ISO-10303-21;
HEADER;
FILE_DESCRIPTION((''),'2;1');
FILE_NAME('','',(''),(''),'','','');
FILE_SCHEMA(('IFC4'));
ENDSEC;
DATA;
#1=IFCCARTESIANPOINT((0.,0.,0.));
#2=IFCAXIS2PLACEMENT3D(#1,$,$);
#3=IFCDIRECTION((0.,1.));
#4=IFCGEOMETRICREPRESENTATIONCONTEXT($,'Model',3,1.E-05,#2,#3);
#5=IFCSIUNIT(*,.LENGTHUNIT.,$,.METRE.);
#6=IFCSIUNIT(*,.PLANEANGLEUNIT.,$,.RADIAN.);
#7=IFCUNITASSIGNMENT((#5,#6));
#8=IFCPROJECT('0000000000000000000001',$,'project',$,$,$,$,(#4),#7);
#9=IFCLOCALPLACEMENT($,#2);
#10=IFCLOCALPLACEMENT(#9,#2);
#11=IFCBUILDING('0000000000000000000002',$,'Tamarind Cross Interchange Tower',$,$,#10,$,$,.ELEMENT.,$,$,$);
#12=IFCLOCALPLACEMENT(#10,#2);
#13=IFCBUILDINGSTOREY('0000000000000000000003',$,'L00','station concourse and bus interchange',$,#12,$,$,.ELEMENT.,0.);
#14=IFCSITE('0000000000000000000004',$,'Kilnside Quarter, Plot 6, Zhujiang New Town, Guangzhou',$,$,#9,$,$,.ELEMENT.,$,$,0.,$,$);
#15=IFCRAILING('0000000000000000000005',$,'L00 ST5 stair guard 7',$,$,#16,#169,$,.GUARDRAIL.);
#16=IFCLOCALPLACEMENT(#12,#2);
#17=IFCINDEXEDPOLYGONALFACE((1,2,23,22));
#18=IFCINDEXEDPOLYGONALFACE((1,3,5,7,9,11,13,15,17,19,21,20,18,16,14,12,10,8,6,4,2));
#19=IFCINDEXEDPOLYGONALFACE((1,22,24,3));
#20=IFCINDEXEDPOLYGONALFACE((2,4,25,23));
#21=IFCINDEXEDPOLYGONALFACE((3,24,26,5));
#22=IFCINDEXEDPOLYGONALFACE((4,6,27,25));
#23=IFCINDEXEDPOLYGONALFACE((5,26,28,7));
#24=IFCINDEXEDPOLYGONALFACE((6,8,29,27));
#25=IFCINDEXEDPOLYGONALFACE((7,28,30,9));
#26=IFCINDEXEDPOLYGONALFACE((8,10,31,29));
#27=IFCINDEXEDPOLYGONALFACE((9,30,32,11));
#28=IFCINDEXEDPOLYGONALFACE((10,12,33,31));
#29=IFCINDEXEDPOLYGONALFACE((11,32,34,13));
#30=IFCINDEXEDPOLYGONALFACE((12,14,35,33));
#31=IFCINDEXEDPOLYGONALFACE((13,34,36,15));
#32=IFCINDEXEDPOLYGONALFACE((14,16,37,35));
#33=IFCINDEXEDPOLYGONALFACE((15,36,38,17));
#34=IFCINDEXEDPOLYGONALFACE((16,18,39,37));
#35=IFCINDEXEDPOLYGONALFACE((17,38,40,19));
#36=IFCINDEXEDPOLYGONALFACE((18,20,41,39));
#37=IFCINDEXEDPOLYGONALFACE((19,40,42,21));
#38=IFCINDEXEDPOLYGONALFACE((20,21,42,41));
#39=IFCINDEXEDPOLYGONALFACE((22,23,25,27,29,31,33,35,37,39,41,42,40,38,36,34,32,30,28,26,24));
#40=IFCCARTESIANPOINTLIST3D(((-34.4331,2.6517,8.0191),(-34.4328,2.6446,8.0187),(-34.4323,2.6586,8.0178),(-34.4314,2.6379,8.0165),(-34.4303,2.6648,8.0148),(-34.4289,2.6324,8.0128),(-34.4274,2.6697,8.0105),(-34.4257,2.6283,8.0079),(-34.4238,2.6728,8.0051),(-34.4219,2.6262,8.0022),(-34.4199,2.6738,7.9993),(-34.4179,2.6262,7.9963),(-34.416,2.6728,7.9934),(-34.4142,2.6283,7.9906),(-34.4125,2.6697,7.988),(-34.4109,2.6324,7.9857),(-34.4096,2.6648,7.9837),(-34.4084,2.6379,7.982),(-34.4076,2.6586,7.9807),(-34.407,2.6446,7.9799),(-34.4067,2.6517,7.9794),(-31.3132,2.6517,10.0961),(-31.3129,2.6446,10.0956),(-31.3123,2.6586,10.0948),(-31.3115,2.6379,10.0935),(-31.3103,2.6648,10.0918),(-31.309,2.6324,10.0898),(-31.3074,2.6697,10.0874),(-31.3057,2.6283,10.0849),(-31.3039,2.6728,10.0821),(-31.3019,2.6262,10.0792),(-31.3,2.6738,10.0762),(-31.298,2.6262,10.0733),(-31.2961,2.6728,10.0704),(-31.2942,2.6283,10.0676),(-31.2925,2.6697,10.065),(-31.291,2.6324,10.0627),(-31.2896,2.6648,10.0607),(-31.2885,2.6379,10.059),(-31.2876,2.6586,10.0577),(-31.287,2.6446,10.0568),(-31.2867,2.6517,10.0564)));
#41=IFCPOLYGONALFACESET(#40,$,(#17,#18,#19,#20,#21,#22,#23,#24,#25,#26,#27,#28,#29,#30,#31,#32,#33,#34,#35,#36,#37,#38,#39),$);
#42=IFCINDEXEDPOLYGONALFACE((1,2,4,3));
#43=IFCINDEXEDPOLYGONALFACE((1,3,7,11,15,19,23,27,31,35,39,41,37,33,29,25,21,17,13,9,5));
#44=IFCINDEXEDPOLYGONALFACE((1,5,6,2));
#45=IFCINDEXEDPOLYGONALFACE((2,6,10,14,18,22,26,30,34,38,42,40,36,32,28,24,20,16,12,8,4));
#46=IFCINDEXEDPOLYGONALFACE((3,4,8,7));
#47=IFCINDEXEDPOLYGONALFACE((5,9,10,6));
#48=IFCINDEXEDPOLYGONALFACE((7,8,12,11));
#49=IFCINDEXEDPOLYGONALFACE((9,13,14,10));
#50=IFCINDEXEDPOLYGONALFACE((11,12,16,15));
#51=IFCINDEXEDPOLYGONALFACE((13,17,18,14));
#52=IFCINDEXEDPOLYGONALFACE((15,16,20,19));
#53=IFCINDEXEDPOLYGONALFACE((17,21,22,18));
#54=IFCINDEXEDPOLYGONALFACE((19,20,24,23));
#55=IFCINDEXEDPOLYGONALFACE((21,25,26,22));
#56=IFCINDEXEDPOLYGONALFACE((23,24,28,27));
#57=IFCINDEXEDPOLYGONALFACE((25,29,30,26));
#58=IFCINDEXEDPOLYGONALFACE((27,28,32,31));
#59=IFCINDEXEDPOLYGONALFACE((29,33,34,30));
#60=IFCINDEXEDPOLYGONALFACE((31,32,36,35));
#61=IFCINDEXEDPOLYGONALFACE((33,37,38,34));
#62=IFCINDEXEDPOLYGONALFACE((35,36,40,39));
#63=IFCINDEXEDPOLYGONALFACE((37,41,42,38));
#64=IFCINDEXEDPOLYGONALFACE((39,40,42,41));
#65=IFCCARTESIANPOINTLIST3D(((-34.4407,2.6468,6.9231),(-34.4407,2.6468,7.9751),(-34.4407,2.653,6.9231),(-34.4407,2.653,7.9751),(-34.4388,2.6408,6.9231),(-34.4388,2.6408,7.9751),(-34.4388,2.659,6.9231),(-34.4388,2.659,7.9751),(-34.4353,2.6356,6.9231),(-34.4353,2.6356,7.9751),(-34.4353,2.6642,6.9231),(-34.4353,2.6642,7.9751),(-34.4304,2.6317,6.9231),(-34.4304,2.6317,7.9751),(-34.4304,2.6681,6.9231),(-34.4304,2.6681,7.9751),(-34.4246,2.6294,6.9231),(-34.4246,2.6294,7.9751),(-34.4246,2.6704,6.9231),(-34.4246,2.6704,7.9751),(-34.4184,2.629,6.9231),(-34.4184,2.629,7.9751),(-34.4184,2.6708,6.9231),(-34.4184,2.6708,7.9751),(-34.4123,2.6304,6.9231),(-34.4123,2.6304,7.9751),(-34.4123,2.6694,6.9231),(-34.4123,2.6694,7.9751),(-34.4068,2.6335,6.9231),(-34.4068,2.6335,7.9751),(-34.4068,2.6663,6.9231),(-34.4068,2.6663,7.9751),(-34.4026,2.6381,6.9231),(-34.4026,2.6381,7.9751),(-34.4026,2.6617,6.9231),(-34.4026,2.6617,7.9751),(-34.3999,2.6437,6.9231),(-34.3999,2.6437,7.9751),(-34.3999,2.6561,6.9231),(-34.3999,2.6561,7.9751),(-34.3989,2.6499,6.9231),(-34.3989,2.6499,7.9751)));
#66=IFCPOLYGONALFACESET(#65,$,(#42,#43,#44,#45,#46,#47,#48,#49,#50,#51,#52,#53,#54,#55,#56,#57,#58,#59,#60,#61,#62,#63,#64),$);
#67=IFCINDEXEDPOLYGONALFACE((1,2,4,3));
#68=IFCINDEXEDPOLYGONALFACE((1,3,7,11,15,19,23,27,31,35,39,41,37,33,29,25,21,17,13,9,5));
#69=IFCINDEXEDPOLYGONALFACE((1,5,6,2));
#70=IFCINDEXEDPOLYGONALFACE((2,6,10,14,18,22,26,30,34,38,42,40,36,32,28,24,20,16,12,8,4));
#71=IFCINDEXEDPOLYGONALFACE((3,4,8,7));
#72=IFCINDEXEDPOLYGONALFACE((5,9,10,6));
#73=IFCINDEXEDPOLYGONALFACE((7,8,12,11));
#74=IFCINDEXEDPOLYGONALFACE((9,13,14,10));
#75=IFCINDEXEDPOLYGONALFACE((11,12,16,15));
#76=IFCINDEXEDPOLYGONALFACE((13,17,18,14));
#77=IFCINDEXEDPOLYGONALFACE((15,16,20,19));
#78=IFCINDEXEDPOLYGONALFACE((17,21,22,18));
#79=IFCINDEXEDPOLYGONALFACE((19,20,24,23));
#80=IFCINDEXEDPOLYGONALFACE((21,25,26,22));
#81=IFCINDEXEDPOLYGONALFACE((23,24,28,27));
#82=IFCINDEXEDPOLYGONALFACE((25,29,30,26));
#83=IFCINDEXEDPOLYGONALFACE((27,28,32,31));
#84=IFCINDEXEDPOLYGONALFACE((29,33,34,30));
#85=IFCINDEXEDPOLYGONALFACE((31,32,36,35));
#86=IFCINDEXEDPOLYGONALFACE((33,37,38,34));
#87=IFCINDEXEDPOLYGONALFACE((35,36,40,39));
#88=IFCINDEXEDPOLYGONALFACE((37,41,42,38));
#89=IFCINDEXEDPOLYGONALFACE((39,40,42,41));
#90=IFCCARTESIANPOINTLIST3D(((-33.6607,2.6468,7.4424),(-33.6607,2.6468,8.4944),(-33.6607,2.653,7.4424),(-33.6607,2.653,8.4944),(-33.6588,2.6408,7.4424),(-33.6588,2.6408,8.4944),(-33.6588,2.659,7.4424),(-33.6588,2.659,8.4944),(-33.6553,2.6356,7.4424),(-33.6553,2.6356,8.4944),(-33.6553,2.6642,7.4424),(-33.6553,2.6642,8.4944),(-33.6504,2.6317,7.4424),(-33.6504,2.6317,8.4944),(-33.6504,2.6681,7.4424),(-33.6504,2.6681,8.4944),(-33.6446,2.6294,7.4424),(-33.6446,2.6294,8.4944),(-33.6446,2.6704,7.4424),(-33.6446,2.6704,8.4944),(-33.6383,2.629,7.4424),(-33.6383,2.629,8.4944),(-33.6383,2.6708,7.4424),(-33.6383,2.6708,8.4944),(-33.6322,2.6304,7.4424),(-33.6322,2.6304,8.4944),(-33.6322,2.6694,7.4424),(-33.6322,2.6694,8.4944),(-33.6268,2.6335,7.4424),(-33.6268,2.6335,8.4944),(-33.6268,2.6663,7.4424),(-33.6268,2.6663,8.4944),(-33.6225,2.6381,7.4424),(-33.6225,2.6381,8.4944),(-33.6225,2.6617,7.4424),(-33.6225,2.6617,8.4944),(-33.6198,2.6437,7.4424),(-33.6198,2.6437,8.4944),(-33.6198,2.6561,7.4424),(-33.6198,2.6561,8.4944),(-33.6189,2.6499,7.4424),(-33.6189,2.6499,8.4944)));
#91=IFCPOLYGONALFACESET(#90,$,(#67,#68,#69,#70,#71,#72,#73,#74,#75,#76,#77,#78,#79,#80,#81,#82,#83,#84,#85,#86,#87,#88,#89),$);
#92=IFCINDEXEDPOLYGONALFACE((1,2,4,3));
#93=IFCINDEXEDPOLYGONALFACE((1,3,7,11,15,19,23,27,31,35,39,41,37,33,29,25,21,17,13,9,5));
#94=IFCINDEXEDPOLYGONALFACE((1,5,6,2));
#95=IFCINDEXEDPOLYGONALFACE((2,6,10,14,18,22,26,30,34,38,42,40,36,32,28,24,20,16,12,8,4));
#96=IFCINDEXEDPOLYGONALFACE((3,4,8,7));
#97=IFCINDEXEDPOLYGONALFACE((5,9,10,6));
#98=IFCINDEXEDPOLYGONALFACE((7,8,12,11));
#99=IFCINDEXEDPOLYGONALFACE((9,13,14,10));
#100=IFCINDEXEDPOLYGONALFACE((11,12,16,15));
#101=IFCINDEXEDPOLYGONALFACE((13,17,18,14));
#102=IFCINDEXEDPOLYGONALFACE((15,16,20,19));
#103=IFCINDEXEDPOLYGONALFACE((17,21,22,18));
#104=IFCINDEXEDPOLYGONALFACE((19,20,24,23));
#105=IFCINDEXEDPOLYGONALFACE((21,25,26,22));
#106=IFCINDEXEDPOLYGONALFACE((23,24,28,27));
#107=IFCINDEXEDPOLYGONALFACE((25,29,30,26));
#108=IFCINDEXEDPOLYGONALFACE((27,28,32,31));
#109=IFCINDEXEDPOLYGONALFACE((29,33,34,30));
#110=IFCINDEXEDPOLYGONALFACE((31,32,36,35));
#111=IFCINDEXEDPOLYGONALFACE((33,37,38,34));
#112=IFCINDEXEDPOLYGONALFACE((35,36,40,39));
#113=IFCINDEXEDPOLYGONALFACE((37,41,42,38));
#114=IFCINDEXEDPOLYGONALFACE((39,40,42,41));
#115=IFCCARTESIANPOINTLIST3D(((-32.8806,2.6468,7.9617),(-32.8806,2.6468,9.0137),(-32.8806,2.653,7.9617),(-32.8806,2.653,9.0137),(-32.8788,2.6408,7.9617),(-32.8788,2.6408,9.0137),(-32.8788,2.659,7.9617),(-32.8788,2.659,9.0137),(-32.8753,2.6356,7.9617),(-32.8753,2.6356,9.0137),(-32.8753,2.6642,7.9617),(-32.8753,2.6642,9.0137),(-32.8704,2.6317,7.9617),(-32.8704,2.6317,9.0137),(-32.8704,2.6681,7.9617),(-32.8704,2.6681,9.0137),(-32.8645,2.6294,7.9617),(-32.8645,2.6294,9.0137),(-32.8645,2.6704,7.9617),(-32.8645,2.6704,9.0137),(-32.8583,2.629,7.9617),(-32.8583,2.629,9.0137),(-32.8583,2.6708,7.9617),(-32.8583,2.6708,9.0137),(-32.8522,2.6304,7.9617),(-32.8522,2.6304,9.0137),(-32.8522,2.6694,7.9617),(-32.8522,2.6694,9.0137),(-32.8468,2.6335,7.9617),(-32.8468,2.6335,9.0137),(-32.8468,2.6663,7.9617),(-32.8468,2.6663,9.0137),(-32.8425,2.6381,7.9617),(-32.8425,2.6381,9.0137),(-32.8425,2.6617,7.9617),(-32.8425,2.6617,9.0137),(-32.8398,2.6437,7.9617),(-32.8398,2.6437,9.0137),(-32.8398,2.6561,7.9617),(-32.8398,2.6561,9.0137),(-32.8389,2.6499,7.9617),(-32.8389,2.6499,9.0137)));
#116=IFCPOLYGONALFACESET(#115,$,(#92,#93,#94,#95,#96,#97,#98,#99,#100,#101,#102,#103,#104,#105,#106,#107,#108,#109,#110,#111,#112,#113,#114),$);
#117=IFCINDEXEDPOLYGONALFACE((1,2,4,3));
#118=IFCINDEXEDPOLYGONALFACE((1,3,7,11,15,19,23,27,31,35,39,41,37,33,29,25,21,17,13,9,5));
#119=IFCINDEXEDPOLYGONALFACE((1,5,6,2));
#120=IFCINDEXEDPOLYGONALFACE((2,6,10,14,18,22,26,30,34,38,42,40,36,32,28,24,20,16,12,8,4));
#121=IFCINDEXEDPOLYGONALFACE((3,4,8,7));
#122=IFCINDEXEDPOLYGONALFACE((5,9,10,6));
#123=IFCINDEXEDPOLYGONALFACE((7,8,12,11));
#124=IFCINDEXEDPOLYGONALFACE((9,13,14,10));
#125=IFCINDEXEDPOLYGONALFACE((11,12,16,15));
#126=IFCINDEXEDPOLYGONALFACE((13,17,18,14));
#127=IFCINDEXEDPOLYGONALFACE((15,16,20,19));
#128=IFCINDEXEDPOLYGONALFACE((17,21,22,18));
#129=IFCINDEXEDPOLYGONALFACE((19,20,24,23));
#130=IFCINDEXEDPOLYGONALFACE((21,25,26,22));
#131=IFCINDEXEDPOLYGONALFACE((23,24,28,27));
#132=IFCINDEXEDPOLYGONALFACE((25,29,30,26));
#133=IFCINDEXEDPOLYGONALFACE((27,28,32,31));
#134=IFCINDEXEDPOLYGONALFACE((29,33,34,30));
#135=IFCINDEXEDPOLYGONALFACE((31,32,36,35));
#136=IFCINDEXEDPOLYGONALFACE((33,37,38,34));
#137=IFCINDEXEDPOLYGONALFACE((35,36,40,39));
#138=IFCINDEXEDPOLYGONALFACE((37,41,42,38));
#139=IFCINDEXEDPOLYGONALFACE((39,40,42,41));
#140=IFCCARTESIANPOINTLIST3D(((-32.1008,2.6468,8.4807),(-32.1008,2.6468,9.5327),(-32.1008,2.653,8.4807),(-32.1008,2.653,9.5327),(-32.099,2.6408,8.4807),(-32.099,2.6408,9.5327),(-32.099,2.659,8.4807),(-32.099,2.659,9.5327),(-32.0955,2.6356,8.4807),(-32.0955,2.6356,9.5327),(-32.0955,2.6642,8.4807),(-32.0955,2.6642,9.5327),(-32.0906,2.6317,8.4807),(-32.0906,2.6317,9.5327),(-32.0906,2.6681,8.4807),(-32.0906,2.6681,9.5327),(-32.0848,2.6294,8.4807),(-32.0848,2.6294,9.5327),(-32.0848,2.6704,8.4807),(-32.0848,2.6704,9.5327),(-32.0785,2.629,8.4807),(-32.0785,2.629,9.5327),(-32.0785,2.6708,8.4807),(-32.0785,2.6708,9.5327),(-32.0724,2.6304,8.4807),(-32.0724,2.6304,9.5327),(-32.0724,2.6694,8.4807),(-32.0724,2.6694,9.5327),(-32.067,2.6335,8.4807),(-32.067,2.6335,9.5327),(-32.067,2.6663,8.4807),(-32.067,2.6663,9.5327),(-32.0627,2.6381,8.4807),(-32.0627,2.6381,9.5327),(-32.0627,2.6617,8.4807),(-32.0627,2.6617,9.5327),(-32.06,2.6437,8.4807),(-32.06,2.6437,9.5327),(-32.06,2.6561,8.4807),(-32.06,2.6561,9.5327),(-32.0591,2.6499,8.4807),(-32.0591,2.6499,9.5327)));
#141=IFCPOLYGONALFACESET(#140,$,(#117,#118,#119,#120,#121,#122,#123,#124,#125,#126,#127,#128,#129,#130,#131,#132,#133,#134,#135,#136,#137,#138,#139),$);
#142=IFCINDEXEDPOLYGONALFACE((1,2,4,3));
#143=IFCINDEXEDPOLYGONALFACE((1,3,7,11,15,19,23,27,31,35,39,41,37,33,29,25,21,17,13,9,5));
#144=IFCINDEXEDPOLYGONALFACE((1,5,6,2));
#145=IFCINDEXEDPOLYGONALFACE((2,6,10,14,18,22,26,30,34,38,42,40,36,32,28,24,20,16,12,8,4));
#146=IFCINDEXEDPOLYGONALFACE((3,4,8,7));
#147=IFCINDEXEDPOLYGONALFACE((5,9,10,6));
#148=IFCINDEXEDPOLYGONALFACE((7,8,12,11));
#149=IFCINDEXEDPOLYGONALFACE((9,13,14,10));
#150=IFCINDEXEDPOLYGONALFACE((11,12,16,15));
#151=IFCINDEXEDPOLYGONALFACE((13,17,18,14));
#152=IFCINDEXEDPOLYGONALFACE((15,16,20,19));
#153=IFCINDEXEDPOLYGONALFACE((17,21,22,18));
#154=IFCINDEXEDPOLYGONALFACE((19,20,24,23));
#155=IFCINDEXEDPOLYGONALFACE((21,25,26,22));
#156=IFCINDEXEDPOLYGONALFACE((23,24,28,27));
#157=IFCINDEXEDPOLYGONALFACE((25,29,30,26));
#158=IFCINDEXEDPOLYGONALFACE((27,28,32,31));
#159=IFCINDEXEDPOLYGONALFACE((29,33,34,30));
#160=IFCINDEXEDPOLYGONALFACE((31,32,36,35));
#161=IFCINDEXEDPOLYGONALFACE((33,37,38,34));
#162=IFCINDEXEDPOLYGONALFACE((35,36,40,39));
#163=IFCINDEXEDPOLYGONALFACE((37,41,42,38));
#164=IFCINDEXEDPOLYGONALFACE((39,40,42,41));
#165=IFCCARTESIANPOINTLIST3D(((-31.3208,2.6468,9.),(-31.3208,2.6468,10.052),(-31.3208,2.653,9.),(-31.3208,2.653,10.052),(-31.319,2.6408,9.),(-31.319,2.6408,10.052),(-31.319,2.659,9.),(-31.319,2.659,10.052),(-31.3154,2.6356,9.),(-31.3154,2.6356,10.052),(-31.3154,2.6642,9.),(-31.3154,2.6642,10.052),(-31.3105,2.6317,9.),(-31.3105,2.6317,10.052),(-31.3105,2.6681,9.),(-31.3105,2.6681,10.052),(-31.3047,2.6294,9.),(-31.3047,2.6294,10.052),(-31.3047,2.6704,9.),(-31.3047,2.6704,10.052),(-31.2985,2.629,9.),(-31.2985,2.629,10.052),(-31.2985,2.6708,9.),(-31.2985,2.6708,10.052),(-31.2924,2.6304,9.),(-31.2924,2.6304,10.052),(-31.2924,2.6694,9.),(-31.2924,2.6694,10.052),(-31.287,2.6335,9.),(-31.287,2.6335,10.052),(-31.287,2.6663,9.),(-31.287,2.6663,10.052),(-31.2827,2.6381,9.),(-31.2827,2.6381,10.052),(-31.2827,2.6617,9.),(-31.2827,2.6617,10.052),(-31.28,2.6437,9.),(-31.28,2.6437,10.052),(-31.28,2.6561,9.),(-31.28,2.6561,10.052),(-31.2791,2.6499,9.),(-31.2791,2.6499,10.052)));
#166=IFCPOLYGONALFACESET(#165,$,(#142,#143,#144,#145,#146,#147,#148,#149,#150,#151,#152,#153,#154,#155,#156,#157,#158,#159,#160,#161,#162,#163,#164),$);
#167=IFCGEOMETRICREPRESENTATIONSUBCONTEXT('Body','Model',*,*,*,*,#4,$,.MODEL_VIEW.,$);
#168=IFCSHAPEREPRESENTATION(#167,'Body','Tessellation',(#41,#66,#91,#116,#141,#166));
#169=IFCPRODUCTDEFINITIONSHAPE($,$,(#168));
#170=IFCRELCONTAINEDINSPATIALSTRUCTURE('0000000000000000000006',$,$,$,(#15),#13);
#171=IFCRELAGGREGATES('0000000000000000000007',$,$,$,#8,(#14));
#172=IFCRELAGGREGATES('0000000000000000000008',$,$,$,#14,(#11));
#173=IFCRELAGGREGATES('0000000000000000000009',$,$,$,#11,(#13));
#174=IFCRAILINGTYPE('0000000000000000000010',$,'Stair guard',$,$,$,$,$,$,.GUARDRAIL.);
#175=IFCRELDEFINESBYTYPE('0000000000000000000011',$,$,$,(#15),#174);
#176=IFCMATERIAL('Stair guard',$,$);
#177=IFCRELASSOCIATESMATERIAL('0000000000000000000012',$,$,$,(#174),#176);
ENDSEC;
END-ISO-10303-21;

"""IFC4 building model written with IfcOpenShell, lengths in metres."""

from ifc_helpers import new_model, si_unit, direction, frame, origin, origin_2d, place, context, subcontext, project, spatial, circle, extrude, material, type_object, element, save


model = new_model("IFC4")

# Units and contexts
model_context = context("Model", 3, precision=1e-05, world=origin(), true_north=direction((0.0, 1.0)))
body_context = subcontext(model_context, "Body", "Model", "MODEL_VIEW")
ifc_project = project(units=[si_unit("LENGTHUNIT", "METRE"), si_unit("PLANEANGLEUNIT", "RADIAN")], contexts=[model_context])

# Site, building, storey
site_placement = place(None, origin())
site = spatial("IfcSite", under=ifc_project, at=site_placement, Name="Kilnside Quarter, Plot 6, Zhujiang New Town, Guangzhou", CompositionType="ELEMENT", RefElevation=0.0)
building_placement = place(site_placement, origin())
building = spatial("IfcBuilding", under=site, at=building_placement, Name="Tamarind Cross Interchange Tower", CompositionType="ELEMENT")
storey_placement = place(building_placement, origin())
storey = spatial("IfcBuildingStorey", under=building, at=storey_placement, Name="L00", Description="station concourse and bus interchange", CompositionType="ELEMENT", Elevation=0.0)

# Railing
ifc_material_1 = material(Name="Stair guard")
railing_type_1 = type_object("IfcRailingType", Name="Stair guard", PredefinedType="GUARDRAIL", material=ifc_material_1)
railing_1_placement = place(storey_placement, frame((-34.4199, 2.6499, 6.9231)))
element("IfcRailing", 1, at=railing_1_placement, inside=storey, type_object=railing_type_1, Name="L00 ST5 stair guard 7", PredefinedType="GUARDRAIL", context=body_context, shape_type="SweptSolid", body=[
    extrude(circle(Radius=0.0239, at=origin_2d()), frame((0.0, 0.0, 1.0762), z_axis=(0.832421, 0.0, 0.554144), x_axis=(0.0, 1.0, 0.0)), (0.0, 0.0, 1.0), 3.748),
    extrude(circle(Radius=0.021, at=origin_2d()), origin(), (0.0, 0.0, 1.0), 1.052),
    extrude(circle(Radius=0.021, at=origin_2d()), frame((0.78, 0.0, 0.5193)), (0.0, 0.0, 1.0), 1.052),
    extrude(circle(Radius=0.021, at=origin_2d()), frame((1.5601, 0.0, 1.0386)), (0.0, 0.0, 1.0), 1.052),
    extrude(circle(Radius=0.021, at=origin_2d()), frame((2.3398, 0.0, 1.5576)), (0.0, 0.0, 1.0), 1.052),
    extrude(circle(Radius=0.021, at=origin_2d()), frame((3.1199, 0.0, 2.0769)), (0.0, 0.0, 1.0), 1.052),
])

save(model, "model.ifc")
